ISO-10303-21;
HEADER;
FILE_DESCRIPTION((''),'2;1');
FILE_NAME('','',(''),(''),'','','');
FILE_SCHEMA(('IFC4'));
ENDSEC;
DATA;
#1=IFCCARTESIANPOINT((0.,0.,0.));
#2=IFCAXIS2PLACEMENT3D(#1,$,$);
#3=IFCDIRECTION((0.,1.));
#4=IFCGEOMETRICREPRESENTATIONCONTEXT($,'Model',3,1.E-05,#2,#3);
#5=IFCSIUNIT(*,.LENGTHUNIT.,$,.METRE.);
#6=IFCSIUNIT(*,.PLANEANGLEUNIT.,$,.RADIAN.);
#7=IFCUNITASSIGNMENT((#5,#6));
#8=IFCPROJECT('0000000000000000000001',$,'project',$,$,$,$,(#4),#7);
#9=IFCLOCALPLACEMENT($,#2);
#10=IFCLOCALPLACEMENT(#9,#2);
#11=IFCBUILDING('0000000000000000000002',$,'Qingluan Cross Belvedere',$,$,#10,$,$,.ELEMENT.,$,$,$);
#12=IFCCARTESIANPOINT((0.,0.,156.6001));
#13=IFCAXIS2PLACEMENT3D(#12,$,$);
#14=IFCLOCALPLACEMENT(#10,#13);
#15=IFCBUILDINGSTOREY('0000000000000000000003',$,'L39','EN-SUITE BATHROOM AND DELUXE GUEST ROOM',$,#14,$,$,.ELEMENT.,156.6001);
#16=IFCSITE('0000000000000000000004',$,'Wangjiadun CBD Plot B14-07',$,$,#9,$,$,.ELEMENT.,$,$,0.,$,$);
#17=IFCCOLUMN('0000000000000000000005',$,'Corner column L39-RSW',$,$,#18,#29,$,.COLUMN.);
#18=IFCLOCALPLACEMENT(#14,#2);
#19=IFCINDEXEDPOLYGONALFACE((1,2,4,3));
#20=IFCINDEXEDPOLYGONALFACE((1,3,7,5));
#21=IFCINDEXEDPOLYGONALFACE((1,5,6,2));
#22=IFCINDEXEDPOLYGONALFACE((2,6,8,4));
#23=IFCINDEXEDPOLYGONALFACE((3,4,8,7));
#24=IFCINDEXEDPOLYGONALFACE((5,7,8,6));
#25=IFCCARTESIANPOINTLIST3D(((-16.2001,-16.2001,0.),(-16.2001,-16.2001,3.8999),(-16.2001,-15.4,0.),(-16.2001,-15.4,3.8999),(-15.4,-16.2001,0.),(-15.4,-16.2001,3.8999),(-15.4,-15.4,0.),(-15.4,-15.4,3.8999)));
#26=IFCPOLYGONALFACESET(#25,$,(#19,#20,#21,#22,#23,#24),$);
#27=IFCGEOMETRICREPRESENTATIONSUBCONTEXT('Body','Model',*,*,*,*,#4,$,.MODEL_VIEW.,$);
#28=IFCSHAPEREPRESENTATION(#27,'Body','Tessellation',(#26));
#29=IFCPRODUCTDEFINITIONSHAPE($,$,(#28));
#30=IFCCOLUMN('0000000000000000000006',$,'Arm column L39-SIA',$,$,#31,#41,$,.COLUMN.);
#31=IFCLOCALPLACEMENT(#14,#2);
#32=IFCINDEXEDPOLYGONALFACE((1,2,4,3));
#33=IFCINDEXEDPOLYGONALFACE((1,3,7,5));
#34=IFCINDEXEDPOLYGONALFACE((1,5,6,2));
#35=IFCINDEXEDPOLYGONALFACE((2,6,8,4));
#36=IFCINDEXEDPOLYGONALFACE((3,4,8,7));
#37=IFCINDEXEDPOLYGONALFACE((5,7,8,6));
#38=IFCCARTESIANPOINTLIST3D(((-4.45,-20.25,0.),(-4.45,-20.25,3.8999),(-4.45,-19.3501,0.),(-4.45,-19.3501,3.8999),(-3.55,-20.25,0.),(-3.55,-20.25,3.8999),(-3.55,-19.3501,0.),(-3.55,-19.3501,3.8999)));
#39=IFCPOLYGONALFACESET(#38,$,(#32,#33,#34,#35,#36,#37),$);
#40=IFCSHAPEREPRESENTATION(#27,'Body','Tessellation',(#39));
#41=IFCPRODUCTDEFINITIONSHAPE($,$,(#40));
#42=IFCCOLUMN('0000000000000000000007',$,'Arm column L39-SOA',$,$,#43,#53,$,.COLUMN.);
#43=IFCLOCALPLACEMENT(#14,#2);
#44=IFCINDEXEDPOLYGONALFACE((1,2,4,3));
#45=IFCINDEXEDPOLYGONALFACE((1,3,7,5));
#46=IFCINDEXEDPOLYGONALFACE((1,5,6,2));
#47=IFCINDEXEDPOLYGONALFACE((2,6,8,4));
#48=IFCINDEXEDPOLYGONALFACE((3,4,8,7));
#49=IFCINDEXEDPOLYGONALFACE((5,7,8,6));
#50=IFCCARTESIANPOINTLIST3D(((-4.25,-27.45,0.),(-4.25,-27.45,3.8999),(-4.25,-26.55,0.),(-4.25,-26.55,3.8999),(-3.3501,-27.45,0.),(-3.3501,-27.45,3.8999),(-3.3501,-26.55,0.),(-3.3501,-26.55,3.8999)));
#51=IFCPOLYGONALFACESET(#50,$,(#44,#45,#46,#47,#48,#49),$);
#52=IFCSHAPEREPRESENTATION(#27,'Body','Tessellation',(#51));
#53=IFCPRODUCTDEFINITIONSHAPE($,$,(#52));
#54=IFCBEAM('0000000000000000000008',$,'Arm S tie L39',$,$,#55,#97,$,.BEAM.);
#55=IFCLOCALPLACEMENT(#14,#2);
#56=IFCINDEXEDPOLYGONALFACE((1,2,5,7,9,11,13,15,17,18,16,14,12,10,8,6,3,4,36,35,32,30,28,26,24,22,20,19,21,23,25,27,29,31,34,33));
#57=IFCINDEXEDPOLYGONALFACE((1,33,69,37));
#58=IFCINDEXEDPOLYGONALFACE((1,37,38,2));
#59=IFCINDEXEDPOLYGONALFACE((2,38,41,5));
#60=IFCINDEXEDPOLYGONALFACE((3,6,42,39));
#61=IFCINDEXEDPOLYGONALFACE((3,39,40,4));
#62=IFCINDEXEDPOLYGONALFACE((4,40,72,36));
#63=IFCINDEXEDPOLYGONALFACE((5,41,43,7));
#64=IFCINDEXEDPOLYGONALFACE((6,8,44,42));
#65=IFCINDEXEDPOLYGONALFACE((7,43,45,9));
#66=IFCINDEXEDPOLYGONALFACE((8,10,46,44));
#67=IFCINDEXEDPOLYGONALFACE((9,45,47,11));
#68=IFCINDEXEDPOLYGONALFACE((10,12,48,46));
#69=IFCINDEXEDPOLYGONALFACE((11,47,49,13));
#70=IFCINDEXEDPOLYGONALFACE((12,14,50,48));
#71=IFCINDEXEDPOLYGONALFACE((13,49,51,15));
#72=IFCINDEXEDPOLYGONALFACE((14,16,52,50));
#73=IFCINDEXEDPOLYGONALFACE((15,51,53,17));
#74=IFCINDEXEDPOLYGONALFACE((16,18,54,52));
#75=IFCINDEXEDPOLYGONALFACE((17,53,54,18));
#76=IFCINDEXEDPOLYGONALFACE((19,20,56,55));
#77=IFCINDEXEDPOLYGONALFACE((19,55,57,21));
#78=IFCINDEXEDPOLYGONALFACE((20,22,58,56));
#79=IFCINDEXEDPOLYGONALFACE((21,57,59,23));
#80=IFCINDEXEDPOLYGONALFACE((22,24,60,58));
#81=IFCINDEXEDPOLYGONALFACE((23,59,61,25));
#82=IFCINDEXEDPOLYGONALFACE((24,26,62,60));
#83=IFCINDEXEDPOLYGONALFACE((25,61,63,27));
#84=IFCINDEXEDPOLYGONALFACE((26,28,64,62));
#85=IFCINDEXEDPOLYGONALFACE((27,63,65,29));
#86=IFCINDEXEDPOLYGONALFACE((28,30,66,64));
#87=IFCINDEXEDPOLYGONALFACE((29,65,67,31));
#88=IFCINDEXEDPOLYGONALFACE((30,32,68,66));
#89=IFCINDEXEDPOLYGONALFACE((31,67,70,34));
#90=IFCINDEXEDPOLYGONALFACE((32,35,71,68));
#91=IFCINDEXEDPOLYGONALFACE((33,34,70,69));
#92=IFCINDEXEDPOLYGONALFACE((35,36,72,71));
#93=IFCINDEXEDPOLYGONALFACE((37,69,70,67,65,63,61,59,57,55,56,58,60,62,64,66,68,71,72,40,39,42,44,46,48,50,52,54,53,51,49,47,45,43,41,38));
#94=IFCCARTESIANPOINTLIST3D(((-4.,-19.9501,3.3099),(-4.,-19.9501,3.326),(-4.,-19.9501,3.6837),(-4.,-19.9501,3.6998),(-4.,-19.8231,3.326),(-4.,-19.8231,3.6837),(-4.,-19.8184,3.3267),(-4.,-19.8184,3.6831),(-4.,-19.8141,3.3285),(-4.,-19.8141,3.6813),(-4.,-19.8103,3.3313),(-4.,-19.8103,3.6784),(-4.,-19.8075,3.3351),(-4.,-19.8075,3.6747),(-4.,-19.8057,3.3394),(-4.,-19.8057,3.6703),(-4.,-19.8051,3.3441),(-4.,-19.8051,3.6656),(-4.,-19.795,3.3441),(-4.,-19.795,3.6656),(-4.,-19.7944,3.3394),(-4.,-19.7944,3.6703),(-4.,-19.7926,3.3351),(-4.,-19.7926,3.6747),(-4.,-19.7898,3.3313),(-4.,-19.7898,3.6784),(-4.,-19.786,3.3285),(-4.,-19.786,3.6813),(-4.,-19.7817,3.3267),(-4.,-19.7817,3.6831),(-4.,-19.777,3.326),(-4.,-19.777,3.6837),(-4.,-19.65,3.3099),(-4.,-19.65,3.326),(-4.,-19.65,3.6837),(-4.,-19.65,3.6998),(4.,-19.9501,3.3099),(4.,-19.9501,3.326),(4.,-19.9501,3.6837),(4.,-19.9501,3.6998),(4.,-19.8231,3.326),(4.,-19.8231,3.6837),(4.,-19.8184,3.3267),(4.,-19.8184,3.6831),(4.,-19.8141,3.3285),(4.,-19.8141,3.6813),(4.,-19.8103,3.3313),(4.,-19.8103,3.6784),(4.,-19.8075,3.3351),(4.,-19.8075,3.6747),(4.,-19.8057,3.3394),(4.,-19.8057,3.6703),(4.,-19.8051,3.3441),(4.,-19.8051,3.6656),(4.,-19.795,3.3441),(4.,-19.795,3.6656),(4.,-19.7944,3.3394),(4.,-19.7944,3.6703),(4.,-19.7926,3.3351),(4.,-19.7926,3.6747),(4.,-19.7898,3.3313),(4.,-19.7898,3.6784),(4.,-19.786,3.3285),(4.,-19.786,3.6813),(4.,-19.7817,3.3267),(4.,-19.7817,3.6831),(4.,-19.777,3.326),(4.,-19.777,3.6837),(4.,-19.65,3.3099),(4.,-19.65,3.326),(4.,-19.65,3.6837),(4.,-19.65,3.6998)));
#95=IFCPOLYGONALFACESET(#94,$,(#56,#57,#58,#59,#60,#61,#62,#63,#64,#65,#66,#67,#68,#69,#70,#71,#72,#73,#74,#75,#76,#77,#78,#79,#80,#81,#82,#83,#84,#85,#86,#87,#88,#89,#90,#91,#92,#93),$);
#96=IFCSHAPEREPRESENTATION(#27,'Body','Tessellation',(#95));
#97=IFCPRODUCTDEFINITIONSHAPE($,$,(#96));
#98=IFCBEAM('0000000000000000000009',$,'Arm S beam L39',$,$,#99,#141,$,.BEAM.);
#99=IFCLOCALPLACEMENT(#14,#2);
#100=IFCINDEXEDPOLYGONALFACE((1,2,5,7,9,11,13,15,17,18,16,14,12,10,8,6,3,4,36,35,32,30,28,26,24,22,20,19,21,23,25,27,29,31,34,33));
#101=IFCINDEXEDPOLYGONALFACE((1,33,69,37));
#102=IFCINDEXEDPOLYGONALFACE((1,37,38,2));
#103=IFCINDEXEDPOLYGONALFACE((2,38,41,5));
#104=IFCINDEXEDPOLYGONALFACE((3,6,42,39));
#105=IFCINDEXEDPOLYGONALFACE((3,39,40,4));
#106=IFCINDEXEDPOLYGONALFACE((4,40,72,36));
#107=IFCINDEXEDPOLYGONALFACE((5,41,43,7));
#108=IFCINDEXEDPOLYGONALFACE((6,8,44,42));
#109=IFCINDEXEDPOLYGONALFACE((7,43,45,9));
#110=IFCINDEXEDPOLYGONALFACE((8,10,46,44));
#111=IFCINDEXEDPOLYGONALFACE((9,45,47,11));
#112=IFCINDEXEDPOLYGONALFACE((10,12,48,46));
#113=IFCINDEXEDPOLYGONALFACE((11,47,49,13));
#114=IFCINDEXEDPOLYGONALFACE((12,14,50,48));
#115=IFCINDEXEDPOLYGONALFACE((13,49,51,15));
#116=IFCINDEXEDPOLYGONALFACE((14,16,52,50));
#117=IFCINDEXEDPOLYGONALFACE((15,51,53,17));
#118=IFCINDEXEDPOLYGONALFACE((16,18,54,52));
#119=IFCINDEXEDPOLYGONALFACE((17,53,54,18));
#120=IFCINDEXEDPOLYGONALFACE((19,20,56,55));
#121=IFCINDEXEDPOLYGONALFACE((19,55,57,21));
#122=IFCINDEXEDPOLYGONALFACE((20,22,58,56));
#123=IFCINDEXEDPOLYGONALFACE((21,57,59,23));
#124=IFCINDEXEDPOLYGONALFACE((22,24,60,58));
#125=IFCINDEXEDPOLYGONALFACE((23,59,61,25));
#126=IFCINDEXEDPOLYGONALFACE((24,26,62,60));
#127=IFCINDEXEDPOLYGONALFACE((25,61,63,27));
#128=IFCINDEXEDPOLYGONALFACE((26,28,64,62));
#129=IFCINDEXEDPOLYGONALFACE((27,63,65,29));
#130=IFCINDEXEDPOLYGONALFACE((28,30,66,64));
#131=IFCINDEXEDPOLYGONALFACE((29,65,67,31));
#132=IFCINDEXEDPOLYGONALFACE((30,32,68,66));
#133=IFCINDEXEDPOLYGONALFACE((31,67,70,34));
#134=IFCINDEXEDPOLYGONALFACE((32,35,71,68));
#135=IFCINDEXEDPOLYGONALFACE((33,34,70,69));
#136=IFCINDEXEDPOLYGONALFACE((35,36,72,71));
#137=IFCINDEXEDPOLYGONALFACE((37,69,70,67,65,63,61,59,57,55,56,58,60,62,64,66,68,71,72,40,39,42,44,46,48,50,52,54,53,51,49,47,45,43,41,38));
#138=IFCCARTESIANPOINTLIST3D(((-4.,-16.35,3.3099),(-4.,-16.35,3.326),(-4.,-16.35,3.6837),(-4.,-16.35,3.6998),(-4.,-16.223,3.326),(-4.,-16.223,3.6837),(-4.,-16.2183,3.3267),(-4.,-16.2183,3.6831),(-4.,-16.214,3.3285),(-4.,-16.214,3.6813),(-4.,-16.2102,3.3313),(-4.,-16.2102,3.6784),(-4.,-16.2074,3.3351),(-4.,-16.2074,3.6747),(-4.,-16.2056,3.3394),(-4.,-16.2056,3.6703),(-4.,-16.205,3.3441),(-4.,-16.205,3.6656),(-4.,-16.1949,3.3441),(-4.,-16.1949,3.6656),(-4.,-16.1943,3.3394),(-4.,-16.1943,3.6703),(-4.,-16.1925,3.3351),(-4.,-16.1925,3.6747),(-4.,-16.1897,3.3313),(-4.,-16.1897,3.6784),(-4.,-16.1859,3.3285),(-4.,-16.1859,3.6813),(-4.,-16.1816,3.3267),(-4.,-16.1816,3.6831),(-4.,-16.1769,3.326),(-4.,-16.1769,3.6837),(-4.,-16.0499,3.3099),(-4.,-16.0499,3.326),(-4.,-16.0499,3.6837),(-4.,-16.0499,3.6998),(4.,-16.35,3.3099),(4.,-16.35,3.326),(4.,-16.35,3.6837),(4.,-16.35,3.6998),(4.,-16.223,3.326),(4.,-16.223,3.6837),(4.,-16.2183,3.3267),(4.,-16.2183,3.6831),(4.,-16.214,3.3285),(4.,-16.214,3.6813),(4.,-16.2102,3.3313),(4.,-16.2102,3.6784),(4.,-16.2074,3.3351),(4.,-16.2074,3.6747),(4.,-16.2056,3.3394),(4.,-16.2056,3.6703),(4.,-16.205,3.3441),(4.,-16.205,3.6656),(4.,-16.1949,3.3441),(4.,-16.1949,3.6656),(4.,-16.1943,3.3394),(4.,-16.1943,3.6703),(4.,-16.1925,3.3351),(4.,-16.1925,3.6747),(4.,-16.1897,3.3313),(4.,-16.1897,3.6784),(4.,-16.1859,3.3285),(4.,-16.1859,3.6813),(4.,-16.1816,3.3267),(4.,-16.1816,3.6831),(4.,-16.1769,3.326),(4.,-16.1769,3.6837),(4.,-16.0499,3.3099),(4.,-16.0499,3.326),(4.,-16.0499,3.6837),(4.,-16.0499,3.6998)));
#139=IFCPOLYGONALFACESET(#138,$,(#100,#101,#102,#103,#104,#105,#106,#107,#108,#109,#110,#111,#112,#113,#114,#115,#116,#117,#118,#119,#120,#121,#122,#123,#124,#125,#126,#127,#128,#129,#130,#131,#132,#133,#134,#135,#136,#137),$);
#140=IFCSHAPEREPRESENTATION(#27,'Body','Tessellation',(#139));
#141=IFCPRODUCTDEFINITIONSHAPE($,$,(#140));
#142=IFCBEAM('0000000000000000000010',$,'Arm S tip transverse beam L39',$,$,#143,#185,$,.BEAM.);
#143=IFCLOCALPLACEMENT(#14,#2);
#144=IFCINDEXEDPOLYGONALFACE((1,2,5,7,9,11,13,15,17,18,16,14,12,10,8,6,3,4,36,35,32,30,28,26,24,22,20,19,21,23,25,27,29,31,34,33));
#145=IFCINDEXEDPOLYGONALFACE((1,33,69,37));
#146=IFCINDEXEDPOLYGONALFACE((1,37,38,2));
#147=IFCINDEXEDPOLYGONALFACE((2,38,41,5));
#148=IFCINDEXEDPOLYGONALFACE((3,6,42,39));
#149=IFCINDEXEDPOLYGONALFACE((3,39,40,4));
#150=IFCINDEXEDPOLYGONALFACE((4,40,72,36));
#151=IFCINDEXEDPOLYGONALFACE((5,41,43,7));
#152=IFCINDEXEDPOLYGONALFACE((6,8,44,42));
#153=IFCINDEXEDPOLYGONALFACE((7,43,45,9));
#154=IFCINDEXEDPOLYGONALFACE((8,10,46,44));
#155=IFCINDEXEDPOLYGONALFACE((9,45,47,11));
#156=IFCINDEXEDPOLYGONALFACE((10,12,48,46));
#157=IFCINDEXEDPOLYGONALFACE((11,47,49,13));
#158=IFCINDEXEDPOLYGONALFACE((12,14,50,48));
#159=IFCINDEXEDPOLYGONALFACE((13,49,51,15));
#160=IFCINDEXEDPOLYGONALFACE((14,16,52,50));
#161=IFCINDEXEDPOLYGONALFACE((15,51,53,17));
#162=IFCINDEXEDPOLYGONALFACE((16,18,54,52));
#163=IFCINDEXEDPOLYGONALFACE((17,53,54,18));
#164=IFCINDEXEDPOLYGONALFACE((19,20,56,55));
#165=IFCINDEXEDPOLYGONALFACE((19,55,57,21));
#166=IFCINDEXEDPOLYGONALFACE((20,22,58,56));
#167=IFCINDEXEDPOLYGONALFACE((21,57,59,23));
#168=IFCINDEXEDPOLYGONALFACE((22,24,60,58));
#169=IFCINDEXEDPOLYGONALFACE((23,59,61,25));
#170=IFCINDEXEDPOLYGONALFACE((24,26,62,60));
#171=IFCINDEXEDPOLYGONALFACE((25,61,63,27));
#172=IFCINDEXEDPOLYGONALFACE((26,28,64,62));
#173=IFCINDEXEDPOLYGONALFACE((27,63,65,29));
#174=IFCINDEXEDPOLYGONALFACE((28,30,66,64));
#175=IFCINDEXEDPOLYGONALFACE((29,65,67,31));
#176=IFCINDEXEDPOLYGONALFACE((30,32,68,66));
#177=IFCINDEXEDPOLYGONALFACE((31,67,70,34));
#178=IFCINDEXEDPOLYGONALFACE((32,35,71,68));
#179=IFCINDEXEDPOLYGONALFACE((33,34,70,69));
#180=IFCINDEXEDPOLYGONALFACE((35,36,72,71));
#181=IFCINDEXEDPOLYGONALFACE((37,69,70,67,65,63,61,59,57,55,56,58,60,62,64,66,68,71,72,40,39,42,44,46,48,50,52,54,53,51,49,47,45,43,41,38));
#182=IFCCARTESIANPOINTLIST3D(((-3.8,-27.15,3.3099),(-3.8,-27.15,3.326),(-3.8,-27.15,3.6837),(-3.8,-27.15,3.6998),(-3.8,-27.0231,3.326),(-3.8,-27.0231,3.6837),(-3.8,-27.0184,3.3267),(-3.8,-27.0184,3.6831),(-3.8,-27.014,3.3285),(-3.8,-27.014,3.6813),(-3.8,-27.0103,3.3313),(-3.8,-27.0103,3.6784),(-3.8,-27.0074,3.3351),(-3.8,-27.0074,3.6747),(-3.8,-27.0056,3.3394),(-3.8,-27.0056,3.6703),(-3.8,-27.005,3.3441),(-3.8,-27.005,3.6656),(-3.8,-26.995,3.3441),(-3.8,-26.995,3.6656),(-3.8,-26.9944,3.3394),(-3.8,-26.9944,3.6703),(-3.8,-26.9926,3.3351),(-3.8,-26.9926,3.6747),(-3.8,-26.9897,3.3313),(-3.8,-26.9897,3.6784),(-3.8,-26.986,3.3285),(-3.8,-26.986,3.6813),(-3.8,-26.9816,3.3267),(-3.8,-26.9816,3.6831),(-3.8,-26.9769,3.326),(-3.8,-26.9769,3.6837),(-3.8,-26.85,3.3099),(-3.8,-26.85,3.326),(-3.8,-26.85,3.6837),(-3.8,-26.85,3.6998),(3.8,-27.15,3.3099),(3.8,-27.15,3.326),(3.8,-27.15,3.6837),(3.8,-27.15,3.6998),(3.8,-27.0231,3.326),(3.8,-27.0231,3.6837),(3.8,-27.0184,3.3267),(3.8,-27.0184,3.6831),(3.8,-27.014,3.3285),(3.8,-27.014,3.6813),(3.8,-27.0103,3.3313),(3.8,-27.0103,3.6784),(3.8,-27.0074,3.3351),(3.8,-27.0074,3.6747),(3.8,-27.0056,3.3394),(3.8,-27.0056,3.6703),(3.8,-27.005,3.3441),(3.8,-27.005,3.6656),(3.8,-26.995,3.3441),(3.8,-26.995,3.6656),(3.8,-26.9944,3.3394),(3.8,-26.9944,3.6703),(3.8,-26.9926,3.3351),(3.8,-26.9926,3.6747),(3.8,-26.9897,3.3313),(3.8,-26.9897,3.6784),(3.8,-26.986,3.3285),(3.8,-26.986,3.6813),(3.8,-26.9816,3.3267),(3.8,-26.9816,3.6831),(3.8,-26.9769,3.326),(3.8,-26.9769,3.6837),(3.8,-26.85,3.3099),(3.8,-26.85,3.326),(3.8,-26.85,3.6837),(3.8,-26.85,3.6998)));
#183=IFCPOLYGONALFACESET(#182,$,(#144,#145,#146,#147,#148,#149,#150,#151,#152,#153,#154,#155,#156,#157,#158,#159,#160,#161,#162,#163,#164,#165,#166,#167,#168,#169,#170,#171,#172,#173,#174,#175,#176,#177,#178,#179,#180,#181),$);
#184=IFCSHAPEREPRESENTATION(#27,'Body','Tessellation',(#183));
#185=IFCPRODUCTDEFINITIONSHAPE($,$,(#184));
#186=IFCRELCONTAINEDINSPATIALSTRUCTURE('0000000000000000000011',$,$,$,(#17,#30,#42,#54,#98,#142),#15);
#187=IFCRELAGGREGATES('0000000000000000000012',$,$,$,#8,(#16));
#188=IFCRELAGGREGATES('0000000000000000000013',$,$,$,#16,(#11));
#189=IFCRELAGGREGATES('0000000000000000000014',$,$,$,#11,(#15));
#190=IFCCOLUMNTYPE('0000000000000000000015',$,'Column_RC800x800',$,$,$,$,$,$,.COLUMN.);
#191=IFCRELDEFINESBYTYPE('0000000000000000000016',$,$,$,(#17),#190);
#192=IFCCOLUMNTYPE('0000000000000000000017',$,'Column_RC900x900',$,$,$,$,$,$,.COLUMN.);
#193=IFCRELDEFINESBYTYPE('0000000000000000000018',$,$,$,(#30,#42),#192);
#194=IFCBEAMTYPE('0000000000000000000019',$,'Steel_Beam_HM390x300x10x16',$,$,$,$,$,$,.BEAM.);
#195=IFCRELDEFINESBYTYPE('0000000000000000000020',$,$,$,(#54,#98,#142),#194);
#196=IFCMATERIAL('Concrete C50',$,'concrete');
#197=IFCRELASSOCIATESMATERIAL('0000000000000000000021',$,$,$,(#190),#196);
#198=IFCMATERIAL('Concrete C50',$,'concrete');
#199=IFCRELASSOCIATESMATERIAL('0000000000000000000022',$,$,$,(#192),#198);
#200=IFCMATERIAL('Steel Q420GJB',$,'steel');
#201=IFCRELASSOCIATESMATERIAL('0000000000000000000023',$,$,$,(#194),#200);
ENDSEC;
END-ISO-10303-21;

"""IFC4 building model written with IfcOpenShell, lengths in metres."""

from ifc_helpers import new_model, si_unit, direction, frame, origin, origin_2d, place, context, subcontext, project, spatial, rectangle, i_section, extrude, material, material_profile, profile_set, type_object, element, save


model = new_model("IFC4")

# Units and contexts
model_context = context("Model", 3, precision=1e-05, world=origin(), true_north=direction((0.0, 1.0)))
body_context = subcontext(model_context, "Body", "Model", "MODEL_VIEW")
ifc_project = project(units=[si_unit("LENGTHUNIT", "METRE"), si_unit("PLANEANGLEUNIT", "RADIAN")], contexts=[model_context])

# Site, building, storey
site_placement = place(None, origin())
site = spatial("IfcSite", under=ifc_project, at=site_placement, Name="Wangjiadun CBD Plot B14-07", CompositionType="ELEMENT", RefElevation=0.0)
building_placement = place(site_placement, origin())
building = spatial("IfcBuilding", under=site, at=building_placement, Name="Qingluan Cross Belvedere", CompositionType="ELEMENT")
storey_placement = place(building_placement, frame((0.0, 0.0, 156.6001)))
storey = spatial("IfcBuildingStorey", under=building, at=storey_placement, Name="L39", Description="EN-SUITE BATHROOM AND DELUXE GUEST ROOM", CompositionType="ELEMENT", Elevation=156.6001)

# Columns
ifc_material_1 = material(Name="Concrete C50", Category="concrete")
ifc_material_profile_1 = material_profile(ifc_material_1, rectangle(XDim=0.8, YDim=0.8, at=origin_2d()), Name="RC800x800")
ifc_profile_set_1 = profile_set([ifc_material_profile_1], Name="Concrete C50")
column_type_1 = type_object("IfcColumnType", Name="Column_RC800x800", PredefinedType="COLUMN", material=ifc_profile_set_1)
column_placement = place(storey_placement, frame((-15.8, -15.8, 0.0), z_axis=(0.0, 0.0, 1.0), x_axis=(1.0, 0.0, 0.0)))
element("IfcColumn", 1, at=column_placement, inside=storey, type_object=column_type_1, Name="Corner column L39-RSW", PredefinedType="COLUMN", context=body_context, shape_type="SweptSolid", body=[
    extrude(rectangle(XDim=0.8, YDim=0.8, at=origin_2d()), origin(), (0.0, 0.0, 1.0), 3.8999),
])
ifc_material_2 = material(Name="Concrete C50", Category="concrete")
ifc_material_profile_2 = material_profile(ifc_material_2, rectangle(XDim=0.8999, YDim=0.8999, at=origin_2d()), Name="RC900x900")
ifc_profile_set_2 = profile_set([ifc_material_profile_2], Name="Concrete C50")
column_type_2 = type_object("IfcColumnType", Name="Column_RC900x900", PredefinedType="COLUMN", material=ifc_profile_set_2)
for number, where, z_axis, x_axis, name in (
    (2, (-4.0, -19.8, 0.0), (0.0, 0.0, 1.0), (1.0, 0.0, 0.0), "Arm column L39-SIA"),
    (3, (-3.8, -27.0, 0.0), (0.0, 0.0, 1.0), (1.0, 0.0, 0.0), "Arm column L39-SOA"),
):
    element("IfcColumn", number, at=place(storey_placement, frame(where, z_axis=z_axis, x_axis=x_axis)), inside=storey, type_object=column_type_2, Name=name, PredefinedType="COLUMN", context=body_context, shape_type="SweptSolid", body=[
        extrude(rectangle(XDim=0.8999, YDim=0.8999, at=origin_2d()), origin(), (0.0, 0.0, 1.0), 3.8999),
    ])

# Beams
ifc_material_3 = material(Name="Steel Q420GJB", Category="steel")
ifc_material_profile_3 = material_profile(ifc_material_3, i_section(OverallWidth=0.3, OverallDepth=0.3899, WebThickness=0.01, FlangeThickness=0.0161, FilletRadius=0.0181, at=origin_2d()), Name="HM390x300x10x16")
ifc_profile_set_3 = profile_set([ifc_material_profile_3], Name="Steel Q420GJB")
beam_type_1 = type_object("IfcBeamType", Name="Steel_Beam_HM390x300x10x16", PredefinedType="BEAM", material=ifc_profile_set_3)
for number, where, z_axis, x_axis, name in (
    (4, (-4.0, -19.8, 3.5049), (1.0, 0.0, 0.0), (0.0, 1.0, 0.0), "Arm S tie L39"),
    (5, (-4.0, -16.2, 3.5049), (1.0, 0.0, 0.0), (0.0, 1.0, 0.0), "Arm S beam L39"),
):
    element("IfcBeam", number, at=place(storey_placement, frame(where, z_axis=z_axis, x_axis=x_axis)), inside=storey, type_object=beam_type_1, Name=name, PredefinedType="BEAM", context=body_context, shape_type="SweptSolid", body=[
        extrude(i_section(OverallWidth=0.3, OverallDepth=0.3899, WebThickness=0.01, FlangeThickness=0.0161, FilletRadius=0.0181, at=origin_2d()), origin(), (0.0, 0.0, 1.0), 8.0),
    ])
beam_1_placement = place(storey_placement, frame((-3.8, -27.0, 3.5049), z_axis=(1.0, 0.0, 0.0), x_axis=(0.0, 1.0, 0.0)))
element("IfcBeam", 6, at=beam_1_placement, inside=storey, type_object=beam_type_1, Name="Arm S tip transverse beam L39", PredefinedType="BEAM", context=body_context, shape_type="SweptSolid", body=[
    extrude(i_section(OverallWidth=0.3, OverallDepth=0.3899, WebThickness=0.01, FlangeThickness=0.0161, FilletRadius=0.0181, at=origin_2d()), origin(), (0.0, 0.0, 1.0), 7.6001),
])

save(model, "model.ifc")
